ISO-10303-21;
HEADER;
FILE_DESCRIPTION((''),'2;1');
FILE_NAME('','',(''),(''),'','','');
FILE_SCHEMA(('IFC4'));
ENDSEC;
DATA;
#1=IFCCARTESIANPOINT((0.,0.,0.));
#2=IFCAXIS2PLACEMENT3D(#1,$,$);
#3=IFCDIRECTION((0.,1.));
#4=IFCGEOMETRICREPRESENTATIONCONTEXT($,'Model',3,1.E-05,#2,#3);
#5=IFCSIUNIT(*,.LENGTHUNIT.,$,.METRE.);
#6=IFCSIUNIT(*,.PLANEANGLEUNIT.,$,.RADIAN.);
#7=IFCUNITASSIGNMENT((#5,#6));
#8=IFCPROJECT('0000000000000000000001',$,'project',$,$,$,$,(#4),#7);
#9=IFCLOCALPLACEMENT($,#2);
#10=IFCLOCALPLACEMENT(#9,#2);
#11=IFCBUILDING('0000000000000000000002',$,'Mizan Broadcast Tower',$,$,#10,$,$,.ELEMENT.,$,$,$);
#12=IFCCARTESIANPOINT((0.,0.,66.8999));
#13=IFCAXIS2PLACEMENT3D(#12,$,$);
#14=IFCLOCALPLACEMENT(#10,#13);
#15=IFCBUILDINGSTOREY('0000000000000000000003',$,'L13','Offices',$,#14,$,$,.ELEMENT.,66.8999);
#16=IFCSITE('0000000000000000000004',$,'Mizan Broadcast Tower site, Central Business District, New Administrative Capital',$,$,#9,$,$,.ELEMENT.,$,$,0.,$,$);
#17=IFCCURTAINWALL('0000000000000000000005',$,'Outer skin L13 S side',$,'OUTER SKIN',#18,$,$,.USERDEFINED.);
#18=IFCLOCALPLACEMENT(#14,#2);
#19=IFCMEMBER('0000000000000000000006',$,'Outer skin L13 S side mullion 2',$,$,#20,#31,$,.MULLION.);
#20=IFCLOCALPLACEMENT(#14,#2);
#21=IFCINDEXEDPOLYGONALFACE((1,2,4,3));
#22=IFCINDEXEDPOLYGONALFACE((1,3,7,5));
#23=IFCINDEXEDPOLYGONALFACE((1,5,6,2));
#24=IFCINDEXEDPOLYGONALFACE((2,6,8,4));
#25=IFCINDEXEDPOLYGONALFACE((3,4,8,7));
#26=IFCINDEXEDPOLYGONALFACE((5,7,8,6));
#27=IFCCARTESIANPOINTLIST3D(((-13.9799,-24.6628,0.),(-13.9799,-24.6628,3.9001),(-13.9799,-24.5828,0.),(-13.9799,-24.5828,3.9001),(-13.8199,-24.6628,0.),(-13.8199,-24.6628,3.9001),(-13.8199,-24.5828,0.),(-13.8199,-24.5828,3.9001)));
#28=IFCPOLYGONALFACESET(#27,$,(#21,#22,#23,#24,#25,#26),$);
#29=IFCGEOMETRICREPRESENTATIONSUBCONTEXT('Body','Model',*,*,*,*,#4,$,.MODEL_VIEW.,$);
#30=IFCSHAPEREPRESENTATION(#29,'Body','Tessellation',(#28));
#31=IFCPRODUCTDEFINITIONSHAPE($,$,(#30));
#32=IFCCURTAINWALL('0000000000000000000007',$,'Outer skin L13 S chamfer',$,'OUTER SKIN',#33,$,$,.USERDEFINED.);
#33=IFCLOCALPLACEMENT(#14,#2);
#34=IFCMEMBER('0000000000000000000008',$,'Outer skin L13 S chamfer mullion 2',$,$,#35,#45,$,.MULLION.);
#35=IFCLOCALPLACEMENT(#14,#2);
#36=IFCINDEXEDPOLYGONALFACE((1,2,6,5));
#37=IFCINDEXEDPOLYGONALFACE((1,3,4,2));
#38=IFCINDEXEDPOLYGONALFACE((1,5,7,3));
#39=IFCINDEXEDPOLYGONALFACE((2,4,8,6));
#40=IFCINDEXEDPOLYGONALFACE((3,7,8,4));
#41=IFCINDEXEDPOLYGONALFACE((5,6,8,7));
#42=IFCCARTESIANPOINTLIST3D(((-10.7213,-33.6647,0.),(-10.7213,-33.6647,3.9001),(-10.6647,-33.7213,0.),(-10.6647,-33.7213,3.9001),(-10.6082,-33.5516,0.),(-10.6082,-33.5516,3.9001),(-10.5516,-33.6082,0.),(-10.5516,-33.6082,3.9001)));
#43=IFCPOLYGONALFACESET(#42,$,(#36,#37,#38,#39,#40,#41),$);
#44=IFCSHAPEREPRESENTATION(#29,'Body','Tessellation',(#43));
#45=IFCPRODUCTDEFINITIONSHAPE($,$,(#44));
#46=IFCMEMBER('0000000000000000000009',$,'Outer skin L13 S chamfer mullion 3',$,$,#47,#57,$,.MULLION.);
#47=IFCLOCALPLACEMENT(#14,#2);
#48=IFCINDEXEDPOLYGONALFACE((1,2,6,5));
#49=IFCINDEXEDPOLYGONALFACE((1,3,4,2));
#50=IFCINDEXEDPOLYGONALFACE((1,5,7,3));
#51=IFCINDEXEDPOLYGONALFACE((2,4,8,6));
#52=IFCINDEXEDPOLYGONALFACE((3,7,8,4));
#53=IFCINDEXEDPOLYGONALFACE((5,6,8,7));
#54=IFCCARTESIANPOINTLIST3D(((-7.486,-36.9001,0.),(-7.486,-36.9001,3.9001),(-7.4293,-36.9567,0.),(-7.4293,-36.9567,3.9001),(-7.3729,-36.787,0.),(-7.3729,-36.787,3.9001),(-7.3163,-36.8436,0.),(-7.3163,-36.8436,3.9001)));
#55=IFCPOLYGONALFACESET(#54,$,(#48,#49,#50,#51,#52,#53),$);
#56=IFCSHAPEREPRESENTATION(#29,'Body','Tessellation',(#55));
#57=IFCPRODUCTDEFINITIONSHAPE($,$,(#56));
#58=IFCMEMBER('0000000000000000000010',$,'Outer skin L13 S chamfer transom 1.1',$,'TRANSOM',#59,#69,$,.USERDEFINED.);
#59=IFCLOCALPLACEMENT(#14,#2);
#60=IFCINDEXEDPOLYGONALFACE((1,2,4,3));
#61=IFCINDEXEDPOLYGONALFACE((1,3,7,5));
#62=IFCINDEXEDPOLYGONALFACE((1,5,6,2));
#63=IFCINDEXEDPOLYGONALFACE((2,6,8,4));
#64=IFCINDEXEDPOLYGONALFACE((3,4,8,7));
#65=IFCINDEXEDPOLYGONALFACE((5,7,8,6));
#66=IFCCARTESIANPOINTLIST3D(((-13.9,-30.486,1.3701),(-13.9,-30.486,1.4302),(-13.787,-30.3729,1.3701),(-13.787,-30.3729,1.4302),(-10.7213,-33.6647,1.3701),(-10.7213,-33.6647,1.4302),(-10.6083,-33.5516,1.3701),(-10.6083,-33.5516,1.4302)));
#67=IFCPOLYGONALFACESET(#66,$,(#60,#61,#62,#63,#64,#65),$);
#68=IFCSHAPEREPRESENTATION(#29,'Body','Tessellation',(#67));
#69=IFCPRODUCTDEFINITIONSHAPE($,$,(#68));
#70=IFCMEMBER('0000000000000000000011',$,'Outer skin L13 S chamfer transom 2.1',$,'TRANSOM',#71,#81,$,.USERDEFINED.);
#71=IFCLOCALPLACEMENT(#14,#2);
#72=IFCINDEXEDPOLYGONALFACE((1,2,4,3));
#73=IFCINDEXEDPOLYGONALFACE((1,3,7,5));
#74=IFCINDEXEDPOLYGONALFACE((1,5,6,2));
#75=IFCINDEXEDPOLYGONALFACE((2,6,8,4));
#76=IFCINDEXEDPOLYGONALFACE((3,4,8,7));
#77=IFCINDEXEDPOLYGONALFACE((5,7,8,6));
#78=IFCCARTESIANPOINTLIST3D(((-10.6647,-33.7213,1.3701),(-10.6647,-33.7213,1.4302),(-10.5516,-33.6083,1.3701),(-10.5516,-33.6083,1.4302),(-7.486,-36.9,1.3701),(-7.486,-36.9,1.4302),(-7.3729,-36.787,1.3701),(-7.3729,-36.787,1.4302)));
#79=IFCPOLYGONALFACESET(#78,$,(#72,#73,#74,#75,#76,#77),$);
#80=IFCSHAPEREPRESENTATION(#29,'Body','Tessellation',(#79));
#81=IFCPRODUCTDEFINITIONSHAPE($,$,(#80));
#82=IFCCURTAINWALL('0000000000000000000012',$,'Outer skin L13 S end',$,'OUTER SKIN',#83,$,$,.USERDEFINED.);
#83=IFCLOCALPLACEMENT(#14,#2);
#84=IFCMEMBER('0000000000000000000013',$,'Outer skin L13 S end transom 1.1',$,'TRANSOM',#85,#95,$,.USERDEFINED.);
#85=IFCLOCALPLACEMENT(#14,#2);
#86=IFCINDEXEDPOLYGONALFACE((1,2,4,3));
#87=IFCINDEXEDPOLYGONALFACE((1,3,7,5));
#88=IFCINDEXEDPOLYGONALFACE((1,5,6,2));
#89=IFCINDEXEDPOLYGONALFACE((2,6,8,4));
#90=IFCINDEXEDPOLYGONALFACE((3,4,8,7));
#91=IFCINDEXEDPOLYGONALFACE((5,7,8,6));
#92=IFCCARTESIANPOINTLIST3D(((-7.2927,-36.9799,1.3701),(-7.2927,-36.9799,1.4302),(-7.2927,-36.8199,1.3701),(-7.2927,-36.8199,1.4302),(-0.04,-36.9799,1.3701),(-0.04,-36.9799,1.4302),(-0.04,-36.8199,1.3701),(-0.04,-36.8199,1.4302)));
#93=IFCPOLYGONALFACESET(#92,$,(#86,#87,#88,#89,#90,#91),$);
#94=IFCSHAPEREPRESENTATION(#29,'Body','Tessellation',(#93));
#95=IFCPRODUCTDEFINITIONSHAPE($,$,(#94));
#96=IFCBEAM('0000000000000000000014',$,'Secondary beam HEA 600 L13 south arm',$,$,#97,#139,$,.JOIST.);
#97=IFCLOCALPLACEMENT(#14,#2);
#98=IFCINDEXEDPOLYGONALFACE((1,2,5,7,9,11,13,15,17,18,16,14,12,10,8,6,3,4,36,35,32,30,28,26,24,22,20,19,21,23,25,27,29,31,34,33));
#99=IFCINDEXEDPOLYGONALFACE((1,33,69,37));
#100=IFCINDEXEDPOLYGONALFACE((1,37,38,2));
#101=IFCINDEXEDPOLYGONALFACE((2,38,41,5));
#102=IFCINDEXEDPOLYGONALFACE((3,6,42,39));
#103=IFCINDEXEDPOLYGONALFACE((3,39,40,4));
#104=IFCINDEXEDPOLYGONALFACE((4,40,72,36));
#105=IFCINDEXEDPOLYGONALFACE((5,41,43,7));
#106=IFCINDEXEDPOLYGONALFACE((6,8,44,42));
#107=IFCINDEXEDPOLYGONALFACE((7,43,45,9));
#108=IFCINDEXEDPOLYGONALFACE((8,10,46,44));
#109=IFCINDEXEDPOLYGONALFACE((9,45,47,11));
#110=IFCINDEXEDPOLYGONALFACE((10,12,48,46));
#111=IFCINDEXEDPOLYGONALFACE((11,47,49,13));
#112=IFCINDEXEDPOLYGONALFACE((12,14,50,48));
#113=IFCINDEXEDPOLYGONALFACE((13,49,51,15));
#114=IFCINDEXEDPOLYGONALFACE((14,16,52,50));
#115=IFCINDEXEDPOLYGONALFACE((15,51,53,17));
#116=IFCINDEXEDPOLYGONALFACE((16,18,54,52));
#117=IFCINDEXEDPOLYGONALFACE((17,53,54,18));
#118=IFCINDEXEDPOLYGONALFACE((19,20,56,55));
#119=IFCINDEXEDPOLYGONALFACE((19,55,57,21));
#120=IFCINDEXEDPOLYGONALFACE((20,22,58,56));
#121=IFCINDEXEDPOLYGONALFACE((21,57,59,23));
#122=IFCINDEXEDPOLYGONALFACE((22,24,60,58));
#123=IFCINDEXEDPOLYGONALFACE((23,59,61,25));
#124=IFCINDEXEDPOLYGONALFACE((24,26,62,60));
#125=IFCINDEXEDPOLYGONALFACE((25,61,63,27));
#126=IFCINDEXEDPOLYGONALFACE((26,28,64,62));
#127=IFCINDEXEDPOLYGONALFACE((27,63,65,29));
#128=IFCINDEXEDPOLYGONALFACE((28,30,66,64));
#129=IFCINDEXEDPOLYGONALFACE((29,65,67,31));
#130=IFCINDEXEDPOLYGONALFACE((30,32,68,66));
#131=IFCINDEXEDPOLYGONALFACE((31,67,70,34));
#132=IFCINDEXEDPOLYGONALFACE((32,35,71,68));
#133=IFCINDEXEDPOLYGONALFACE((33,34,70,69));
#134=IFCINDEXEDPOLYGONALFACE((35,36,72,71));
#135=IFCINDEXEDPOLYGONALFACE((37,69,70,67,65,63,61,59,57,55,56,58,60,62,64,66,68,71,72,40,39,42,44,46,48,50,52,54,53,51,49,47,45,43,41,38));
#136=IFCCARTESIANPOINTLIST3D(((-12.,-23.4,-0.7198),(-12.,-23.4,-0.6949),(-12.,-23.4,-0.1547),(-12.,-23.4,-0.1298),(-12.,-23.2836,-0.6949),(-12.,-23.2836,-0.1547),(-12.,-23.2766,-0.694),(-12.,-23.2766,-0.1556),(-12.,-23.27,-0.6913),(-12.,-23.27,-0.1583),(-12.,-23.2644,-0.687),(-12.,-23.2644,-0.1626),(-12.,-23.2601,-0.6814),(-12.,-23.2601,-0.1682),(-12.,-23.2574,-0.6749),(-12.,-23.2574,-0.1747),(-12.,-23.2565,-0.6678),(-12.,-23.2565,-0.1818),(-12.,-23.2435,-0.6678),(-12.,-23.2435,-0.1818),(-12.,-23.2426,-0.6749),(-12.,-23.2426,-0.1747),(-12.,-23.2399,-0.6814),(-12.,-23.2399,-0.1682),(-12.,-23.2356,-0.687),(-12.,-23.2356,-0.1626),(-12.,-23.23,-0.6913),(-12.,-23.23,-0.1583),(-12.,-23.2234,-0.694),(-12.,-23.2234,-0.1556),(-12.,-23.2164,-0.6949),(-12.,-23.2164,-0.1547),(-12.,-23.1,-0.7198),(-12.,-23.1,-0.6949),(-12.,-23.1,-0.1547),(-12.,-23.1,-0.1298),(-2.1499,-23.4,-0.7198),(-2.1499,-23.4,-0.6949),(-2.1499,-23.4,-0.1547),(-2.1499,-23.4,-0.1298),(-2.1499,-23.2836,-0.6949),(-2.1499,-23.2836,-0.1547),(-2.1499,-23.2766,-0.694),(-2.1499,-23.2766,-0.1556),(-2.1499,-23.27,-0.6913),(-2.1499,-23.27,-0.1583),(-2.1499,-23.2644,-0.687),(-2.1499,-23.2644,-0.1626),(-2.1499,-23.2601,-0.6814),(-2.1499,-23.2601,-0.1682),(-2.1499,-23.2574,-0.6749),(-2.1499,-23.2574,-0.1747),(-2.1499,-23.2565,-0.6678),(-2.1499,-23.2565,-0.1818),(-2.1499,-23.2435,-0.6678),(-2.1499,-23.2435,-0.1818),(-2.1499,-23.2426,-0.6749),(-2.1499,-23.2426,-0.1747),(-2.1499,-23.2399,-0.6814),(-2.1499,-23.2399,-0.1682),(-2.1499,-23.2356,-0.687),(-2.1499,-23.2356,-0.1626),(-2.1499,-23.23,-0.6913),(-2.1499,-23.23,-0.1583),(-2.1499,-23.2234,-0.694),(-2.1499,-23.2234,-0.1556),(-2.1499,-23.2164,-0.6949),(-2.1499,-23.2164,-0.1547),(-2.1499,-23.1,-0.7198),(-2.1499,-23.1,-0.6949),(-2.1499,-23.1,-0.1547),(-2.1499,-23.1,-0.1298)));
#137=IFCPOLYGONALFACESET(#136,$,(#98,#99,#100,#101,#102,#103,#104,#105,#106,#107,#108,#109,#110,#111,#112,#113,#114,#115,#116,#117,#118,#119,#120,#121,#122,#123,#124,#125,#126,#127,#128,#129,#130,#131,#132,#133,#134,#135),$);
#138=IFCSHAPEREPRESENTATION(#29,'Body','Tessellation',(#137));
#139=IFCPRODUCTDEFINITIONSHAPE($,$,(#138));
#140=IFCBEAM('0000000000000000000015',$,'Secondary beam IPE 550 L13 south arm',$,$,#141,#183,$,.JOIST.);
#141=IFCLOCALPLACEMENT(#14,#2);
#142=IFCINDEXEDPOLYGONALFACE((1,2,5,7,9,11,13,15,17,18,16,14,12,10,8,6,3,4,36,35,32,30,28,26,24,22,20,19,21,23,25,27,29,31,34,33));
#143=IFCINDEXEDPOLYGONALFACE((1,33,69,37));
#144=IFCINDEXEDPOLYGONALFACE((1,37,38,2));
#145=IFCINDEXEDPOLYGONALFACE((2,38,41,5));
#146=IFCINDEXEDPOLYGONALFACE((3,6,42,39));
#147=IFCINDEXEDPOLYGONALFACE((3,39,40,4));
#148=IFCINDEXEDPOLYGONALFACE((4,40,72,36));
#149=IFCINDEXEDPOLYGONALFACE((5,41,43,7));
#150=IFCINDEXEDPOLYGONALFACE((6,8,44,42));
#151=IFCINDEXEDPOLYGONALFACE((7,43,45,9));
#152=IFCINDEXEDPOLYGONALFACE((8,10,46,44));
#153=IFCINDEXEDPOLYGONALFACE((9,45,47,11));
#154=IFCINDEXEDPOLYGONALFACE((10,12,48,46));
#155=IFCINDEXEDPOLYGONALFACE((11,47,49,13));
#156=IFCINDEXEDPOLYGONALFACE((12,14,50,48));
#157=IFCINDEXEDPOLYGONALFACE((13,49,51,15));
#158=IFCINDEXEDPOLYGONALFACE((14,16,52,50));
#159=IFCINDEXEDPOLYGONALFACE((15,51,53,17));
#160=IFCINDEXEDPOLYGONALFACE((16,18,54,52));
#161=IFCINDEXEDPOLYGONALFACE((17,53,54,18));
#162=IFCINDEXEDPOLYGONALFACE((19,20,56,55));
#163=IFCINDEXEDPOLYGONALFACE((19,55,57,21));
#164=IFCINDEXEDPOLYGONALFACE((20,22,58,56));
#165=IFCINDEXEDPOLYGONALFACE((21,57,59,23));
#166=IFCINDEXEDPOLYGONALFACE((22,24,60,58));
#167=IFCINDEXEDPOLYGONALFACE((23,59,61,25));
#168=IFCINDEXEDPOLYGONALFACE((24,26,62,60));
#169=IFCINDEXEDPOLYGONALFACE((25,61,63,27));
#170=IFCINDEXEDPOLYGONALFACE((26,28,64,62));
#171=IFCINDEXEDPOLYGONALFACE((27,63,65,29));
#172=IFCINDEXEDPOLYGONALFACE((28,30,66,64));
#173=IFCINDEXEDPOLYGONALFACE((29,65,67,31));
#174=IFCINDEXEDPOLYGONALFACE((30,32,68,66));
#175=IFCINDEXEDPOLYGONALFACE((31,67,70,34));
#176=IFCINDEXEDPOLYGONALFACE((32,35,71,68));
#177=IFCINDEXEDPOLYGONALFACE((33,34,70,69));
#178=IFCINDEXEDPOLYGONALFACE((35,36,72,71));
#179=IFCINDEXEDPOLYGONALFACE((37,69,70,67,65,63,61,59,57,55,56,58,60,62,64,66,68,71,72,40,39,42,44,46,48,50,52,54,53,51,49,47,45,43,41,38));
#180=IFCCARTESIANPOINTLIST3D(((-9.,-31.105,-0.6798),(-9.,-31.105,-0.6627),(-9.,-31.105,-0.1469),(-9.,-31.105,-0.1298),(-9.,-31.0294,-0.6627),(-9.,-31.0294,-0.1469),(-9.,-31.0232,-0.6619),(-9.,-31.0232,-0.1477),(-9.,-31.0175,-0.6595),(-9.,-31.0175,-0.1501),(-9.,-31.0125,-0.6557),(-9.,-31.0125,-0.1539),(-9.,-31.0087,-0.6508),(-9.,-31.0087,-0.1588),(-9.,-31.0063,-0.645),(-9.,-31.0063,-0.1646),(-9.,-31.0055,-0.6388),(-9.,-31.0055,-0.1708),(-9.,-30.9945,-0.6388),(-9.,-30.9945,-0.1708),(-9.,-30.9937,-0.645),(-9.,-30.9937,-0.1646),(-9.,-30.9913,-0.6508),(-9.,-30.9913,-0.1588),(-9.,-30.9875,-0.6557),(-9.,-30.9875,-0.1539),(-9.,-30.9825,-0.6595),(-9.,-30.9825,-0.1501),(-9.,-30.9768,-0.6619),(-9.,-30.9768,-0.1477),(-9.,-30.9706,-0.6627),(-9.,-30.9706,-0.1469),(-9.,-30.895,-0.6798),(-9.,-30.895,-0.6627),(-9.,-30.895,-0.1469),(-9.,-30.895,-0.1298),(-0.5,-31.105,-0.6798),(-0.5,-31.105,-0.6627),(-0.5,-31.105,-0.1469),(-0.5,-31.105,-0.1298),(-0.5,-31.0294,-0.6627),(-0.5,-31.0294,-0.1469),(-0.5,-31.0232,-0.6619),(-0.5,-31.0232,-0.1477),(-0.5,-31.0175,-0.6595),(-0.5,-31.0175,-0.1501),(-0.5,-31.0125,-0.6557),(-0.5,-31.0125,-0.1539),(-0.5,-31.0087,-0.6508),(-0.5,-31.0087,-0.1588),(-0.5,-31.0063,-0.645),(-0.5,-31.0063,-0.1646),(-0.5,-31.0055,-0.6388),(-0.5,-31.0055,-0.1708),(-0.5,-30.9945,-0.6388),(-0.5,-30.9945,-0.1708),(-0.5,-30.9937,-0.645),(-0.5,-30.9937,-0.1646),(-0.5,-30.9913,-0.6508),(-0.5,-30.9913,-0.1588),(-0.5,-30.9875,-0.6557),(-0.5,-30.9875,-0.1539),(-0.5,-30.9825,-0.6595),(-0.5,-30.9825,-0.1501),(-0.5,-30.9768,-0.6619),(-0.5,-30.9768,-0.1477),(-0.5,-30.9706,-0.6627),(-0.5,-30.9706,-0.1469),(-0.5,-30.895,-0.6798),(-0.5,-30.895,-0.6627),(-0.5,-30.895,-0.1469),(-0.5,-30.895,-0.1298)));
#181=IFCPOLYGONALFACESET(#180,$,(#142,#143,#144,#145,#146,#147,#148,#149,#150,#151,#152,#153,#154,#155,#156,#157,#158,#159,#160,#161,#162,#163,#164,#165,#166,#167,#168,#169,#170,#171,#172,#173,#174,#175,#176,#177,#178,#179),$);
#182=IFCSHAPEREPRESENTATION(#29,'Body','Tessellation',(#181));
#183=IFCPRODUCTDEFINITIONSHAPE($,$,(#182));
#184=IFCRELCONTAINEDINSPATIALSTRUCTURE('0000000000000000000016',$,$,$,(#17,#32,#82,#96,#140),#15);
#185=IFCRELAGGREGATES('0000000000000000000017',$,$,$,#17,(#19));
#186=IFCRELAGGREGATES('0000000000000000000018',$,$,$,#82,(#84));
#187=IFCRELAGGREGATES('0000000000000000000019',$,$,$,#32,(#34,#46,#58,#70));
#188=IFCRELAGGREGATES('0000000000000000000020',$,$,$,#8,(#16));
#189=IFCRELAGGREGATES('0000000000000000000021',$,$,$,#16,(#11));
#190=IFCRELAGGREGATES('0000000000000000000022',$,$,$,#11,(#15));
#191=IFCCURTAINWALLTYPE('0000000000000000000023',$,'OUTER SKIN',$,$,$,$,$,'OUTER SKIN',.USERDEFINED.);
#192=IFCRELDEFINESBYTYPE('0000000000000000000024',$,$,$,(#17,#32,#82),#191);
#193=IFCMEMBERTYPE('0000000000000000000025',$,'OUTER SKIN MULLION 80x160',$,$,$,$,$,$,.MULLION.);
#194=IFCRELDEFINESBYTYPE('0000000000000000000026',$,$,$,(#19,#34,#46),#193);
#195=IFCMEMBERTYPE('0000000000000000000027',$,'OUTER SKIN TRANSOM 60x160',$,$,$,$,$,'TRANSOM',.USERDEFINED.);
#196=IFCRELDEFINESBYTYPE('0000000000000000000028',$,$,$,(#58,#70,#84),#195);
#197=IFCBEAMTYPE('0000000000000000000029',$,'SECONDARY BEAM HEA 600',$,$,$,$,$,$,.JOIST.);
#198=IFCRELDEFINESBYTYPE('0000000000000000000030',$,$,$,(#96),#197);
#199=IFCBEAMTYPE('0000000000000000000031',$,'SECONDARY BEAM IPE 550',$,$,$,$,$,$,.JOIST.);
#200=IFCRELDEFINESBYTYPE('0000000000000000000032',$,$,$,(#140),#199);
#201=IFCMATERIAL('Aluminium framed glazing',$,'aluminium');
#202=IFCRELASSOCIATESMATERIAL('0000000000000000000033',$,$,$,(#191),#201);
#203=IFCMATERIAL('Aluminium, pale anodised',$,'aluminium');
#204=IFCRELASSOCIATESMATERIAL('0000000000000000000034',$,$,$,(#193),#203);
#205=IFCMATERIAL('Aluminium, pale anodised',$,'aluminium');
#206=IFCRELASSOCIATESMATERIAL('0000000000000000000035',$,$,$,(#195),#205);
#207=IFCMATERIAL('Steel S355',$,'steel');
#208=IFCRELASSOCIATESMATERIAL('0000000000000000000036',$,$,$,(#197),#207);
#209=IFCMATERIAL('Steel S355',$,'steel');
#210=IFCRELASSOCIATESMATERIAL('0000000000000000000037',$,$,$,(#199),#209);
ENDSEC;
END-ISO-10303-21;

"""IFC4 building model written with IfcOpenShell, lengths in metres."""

from ifc_helpers import new_model, si_unit, direction, frame, origin, origin_2d, place, context, subcontext, project, spatial, rectangle, i_section, extrude, material, material_profile, profile_set, type_object, element, aggregate, save


model = new_model("IFC4")

# Units and contexts
model_context = context("Model", 3, precision=1e-05, world=origin(), true_north=direction((0.0, 1.0)))
body_context = subcontext(model_context, "Body", "Model", "MODEL_VIEW")
ifc_project = project(units=[si_unit("LENGTHUNIT", "METRE"), si_unit("PLANEANGLEUNIT", "RADIAN")], contexts=[model_context])

# Site, building, storey
site_placement = place(None, origin())
site = spatial("IfcSite", under=ifc_project, at=site_placement, Name="Mizan Broadcast Tower site, Central Business District, New Administrative Capital", CompositionType="ELEMENT", RefElevation=0.0)
building_placement = place(site_placement, origin())
building = spatial("IfcBuilding", under=site, at=building_placement, Name="Mizan Broadcast Tower", CompositionType="ELEMENT")
storey_placement = place(building_placement, frame((0.0, 0.0, 66.8999)))
storey = spatial("IfcBuildingStorey", under=building, at=storey_placement, Name="L13", Description="Offices", CompositionType="ELEMENT", Elevation=66.8999)

# Curtain wall, member
ifc_material_1 = material(Name="Aluminium framed glazing", Category="aluminium")
curtain_wall_type_1 = type_object("IfcCurtainWallType", Name="OUTER SKIN", ElementType="OUTER SKIN", PredefinedType="USERDEFINED", material=ifc_material_1)
curtain_wall_1_placement = place(storey_placement, origin())
curtain_wall_1 = element("IfcCurtainWall", 1, at=curtain_wall_1_placement, inside=storey, type_object=curtain_wall_type_1, Name="Outer skin L13 S side", ObjectType="OUTER SKIN", PredefinedType="USERDEFINED")
ifc_material_2 = material(Name="Aluminium, pale anodised", Category="aluminium")
ifc_material_profile_1 = material_profile(ifc_material_2, rectangle(XDim=0.1599, YDim=0.0801, at=origin_2d()), Name="MULLION 160x80")
ifc_profile_set_1 = profile_set([ifc_material_profile_1], Name="Aluminium, pale anodised")
member_type_1 = type_object("IfcMemberType", Name="OUTER SKIN MULLION 80x160", PredefinedType="MULLION", material=ifc_profile_set_1)
member_1_placement = place(storey_placement, frame((-13.8999, -24.6228, 0.0), z_axis=(0.0, 0.0, 1.0), x_axis=(1.0, 0.0, 0.0)))
member_1 = element("IfcMember", 2, at=member_1_placement, type_object=member_type_1, Name="Outer skin L13 S side mullion 2", PredefinedType="MULLION", context=body_context, shape_type="SweptSolid", body=[
    extrude(rectangle(XDim=0.1599, YDim=0.0801, at=origin_2d()), origin(), (0.0, 0.0, 1.0), 3.9001),
])
aggregate(curtain_wall_1, [member_1])

# Curtain wall, members
curtain_wall_2_placement = place(storey_placement, origin())
curtain_wall_2 = element("IfcCurtainWall", 3, at=curtain_wall_2_placement, inside=storey, type_object=curtain_wall_type_1, Name="Outer skin L13 S chamfer", ObjectType="OUTER SKIN", PredefinedType="USERDEFINED")
member_2_placement = place(storey_placement, frame((-10.6365, -33.6365, 0.0), z_axis=(0.0, 0.0, 1.0), x_axis=(0.707107, 0.707107, 0.0)))
member_2 = element("IfcMember", 4, at=member_2_placement, type_object=member_type_1, Name="Outer skin L13 S chamfer mullion 2", PredefinedType="MULLION", context=body_context, shape_type="SweptSolid", body=[
    extrude(rectangle(XDim=0.1599, YDim=0.0801, at=origin_2d()), origin(), (0.0, 0.0, 1.0), 3.9001),
])
member_3_placement = place(storey_placement, frame((-7.4011, -36.8718, 0.0), z_axis=(0.0, 0.0, 1.0), x_axis=(0.707107, 0.707107, 0.0)))
member_3 = element("IfcMember", 5, at=member_3_placement, type_object=member_type_1, Name="Outer skin L13 S chamfer mullion 3", PredefinedType="MULLION", context=body_context, shape_type="SweptSolid", body=[
    extrude(rectangle(XDim=0.1599, YDim=0.0801, at=origin_2d()), origin(), (0.0, 0.0, 1.0), 3.9001),
])
ifc_material_3 = material(Name="Aluminium, pale anodised", Category="aluminium")
ifc_material_profile_2 = material_profile(ifc_material_3, rectangle(XDim=0.1599, YDim=0.0601, at=origin_2d()), Name="TRANSOM 160x60")
ifc_profile_set_2 = profile_set([ifc_material_profile_2], Name="Aluminium, pale anodised")
member_type_2 = type_object("IfcMemberType", Name="OUTER SKIN TRANSOM 60x160", ElementType="TRANSOM", PredefinedType="USERDEFINED", material=ifc_profile_set_2)
member_4_placement = place(storey_placement, frame((-13.8435, -30.4294, 1.4001), z_axis=(0.707107, -0.707107, 0.0), x_axis=(0.707107, 0.707107, 0.0)))
member_4 = element("IfcMember", 6, at=member_4_placement, type_object=member_type_2, Name="Outer skin L13 S chamfer transom 1.1", ObjectType="TRANSOM", PredefinedType="USERDEFINED", context=body_context, shape_type="SweptSolid", body=[
    extrude(rectangle(XDim=0.1599, YDim=0.0601, at=origin_2d()), origin(), (0.0, 0.0, 1.0), 4.4954),
])
member_5_placement = place(storey_placement, frame((-10.6082, -33.6648, 1.4001), z_axis=(0.707107, -0.707107, 0.0), x_axis=(0.707107, 0.707107, 0.0)))
member_5 = element("IfcMember", 7, at=member_5_placement, type_object=member_type_2, Name="Outer skin L13 S chamfer transom 2.1", ObjectType="TRANSOM", PredefinedType="USERDEFINED", context=body_context, shape_type="SweptSolid", body=[
    extrude(rectangle(XDim=0.1599, YDim=0.0601, at=origin_2d()), origin(), (0.0, 0.0, 1.0), 4.4954),
])

# Curtain wall, member
curtain_wall_3_placement = place(storey_placement, origin())
curtain_wall_3 = element("IfcCurtainWall", 8, at=curtain_wall_3_placement, inside=storey, type_object=curtain_wall_type_1, Name="Outer skin L13 S end", ObjectType="OUTER SKIN", PredefinedType="USERDEFINED")
member_6_placement = place(storey_placement, frame((-7.2927, -36.8999, 1.4001), z_axis=(1.0, 0.0, 0.0), x_axis=(0.0, 1.0, 0.0)))
member_6 = element("IfcMember", 9, at=member_6_placement, type_object=member_type_2, Name="Outer skin L13 S end transom 1.1", ObjectType="TRANSOM", PredefinedType="USERDEFINED", context=body_context, shape_type="SweptSolid", body=[
    extrude(rectangle(XDim=0.1599, YDim=0.0601, at=origin_2d()), origin(), (0.0, 0.0, 1.0), 7.2527),
])

# Beams
ifc_material_4 = material(Name="Steel S355", Category="steel")
ifc_material_profile_3 = material_profile(ifc_material_4, i_section(OverallWidth=0.3, OverallDepth=0.5901, WebThickness=0.0129, FlangeThickness=0.0249, FilletRadius=0.0271, at=origin_2d()), Name="HEA 600")
ifc_profile_set_3 = profile_set([ifc_material_profile_3], Name="Steel S355")
beam_type_1 = type_object("IfcBeamType", Name="SECONDARY BEAM HEA 600", PredefinedType="JOIST", material=ifc_profile_set_3)
beam_1_placement = place(storey_placement, frame((-12.0, -23.25, -0.4248), z_axis=(1.0, 0.0, 0.0), x_axis=(0.0, 1.0, 0.0)))
element("IfcBeam", 10, at=beam_1_placement, inside=storey, type_object=beam_type_1, Name="Secondary beam HEA 600 L13 south arm", PredefinedType="JOIST", context=body_context, shape_type="SweptSolid", body=[
    extrude(i_section(OverallWidth=0.3, OverallDepth=0.5901, WebThickness=0.0129, FlangeThickness=0.0249, FilletRadius=0.0271, at=origin_2d()), origin(), (0.0, 0.0, 1.0), 9.8501),
])
ifc_material_5 = material(Name="Steel S355", Category="steel")
ifc_material_profile_4 = material_profile(ifc_material_5, i_section(OverallWidth=0.21, OverallDepth=0.55, WebThickness=0.011, FlangeThickness=0.0171, FilletRadius=0.0239, at=origin_2d()), Name="IPE 550")
ifc_profile_set_4 = profile_set([ifc_material_profile_4], Name="Steel S355")
beam_type_2 = type_object("IfcBeamType", Name="SECONDARY BEAM IPE 550", PredefinedType="JOIST", material=ifc_profile_set_4)
beam_2_placement = place(storey_placement, frame((-9.0, -31.0, -0.4048), z_axis=(1.0, 0.0, 0.0), x_axis=(0.0, 1.0, 0.0)))
element("IfcBeam", 11, at=beam_2_placement, inside=storey, type_object=beam_type_2, Name="Secondary beam IPE 550 L13 south arm", PredefinedType="JOIST", context=body_context, shape_type="SweptSolid", body=[
    extrude(i_section(OverallWidth=0.21, OverallDepth=0.55, WebThickness=0.011, FlangeThickness=0.0171, FilletRadius=0.0239, at=origin_2d()), origin(), (0.0, 0.0, 1.0), 8.5),
])

aggregate(curtain_wall_3, [member_6])
aggregate(curtain_wall_2, [member_2, member_3, member_4, member_5])

save(model, "model.ifc")
